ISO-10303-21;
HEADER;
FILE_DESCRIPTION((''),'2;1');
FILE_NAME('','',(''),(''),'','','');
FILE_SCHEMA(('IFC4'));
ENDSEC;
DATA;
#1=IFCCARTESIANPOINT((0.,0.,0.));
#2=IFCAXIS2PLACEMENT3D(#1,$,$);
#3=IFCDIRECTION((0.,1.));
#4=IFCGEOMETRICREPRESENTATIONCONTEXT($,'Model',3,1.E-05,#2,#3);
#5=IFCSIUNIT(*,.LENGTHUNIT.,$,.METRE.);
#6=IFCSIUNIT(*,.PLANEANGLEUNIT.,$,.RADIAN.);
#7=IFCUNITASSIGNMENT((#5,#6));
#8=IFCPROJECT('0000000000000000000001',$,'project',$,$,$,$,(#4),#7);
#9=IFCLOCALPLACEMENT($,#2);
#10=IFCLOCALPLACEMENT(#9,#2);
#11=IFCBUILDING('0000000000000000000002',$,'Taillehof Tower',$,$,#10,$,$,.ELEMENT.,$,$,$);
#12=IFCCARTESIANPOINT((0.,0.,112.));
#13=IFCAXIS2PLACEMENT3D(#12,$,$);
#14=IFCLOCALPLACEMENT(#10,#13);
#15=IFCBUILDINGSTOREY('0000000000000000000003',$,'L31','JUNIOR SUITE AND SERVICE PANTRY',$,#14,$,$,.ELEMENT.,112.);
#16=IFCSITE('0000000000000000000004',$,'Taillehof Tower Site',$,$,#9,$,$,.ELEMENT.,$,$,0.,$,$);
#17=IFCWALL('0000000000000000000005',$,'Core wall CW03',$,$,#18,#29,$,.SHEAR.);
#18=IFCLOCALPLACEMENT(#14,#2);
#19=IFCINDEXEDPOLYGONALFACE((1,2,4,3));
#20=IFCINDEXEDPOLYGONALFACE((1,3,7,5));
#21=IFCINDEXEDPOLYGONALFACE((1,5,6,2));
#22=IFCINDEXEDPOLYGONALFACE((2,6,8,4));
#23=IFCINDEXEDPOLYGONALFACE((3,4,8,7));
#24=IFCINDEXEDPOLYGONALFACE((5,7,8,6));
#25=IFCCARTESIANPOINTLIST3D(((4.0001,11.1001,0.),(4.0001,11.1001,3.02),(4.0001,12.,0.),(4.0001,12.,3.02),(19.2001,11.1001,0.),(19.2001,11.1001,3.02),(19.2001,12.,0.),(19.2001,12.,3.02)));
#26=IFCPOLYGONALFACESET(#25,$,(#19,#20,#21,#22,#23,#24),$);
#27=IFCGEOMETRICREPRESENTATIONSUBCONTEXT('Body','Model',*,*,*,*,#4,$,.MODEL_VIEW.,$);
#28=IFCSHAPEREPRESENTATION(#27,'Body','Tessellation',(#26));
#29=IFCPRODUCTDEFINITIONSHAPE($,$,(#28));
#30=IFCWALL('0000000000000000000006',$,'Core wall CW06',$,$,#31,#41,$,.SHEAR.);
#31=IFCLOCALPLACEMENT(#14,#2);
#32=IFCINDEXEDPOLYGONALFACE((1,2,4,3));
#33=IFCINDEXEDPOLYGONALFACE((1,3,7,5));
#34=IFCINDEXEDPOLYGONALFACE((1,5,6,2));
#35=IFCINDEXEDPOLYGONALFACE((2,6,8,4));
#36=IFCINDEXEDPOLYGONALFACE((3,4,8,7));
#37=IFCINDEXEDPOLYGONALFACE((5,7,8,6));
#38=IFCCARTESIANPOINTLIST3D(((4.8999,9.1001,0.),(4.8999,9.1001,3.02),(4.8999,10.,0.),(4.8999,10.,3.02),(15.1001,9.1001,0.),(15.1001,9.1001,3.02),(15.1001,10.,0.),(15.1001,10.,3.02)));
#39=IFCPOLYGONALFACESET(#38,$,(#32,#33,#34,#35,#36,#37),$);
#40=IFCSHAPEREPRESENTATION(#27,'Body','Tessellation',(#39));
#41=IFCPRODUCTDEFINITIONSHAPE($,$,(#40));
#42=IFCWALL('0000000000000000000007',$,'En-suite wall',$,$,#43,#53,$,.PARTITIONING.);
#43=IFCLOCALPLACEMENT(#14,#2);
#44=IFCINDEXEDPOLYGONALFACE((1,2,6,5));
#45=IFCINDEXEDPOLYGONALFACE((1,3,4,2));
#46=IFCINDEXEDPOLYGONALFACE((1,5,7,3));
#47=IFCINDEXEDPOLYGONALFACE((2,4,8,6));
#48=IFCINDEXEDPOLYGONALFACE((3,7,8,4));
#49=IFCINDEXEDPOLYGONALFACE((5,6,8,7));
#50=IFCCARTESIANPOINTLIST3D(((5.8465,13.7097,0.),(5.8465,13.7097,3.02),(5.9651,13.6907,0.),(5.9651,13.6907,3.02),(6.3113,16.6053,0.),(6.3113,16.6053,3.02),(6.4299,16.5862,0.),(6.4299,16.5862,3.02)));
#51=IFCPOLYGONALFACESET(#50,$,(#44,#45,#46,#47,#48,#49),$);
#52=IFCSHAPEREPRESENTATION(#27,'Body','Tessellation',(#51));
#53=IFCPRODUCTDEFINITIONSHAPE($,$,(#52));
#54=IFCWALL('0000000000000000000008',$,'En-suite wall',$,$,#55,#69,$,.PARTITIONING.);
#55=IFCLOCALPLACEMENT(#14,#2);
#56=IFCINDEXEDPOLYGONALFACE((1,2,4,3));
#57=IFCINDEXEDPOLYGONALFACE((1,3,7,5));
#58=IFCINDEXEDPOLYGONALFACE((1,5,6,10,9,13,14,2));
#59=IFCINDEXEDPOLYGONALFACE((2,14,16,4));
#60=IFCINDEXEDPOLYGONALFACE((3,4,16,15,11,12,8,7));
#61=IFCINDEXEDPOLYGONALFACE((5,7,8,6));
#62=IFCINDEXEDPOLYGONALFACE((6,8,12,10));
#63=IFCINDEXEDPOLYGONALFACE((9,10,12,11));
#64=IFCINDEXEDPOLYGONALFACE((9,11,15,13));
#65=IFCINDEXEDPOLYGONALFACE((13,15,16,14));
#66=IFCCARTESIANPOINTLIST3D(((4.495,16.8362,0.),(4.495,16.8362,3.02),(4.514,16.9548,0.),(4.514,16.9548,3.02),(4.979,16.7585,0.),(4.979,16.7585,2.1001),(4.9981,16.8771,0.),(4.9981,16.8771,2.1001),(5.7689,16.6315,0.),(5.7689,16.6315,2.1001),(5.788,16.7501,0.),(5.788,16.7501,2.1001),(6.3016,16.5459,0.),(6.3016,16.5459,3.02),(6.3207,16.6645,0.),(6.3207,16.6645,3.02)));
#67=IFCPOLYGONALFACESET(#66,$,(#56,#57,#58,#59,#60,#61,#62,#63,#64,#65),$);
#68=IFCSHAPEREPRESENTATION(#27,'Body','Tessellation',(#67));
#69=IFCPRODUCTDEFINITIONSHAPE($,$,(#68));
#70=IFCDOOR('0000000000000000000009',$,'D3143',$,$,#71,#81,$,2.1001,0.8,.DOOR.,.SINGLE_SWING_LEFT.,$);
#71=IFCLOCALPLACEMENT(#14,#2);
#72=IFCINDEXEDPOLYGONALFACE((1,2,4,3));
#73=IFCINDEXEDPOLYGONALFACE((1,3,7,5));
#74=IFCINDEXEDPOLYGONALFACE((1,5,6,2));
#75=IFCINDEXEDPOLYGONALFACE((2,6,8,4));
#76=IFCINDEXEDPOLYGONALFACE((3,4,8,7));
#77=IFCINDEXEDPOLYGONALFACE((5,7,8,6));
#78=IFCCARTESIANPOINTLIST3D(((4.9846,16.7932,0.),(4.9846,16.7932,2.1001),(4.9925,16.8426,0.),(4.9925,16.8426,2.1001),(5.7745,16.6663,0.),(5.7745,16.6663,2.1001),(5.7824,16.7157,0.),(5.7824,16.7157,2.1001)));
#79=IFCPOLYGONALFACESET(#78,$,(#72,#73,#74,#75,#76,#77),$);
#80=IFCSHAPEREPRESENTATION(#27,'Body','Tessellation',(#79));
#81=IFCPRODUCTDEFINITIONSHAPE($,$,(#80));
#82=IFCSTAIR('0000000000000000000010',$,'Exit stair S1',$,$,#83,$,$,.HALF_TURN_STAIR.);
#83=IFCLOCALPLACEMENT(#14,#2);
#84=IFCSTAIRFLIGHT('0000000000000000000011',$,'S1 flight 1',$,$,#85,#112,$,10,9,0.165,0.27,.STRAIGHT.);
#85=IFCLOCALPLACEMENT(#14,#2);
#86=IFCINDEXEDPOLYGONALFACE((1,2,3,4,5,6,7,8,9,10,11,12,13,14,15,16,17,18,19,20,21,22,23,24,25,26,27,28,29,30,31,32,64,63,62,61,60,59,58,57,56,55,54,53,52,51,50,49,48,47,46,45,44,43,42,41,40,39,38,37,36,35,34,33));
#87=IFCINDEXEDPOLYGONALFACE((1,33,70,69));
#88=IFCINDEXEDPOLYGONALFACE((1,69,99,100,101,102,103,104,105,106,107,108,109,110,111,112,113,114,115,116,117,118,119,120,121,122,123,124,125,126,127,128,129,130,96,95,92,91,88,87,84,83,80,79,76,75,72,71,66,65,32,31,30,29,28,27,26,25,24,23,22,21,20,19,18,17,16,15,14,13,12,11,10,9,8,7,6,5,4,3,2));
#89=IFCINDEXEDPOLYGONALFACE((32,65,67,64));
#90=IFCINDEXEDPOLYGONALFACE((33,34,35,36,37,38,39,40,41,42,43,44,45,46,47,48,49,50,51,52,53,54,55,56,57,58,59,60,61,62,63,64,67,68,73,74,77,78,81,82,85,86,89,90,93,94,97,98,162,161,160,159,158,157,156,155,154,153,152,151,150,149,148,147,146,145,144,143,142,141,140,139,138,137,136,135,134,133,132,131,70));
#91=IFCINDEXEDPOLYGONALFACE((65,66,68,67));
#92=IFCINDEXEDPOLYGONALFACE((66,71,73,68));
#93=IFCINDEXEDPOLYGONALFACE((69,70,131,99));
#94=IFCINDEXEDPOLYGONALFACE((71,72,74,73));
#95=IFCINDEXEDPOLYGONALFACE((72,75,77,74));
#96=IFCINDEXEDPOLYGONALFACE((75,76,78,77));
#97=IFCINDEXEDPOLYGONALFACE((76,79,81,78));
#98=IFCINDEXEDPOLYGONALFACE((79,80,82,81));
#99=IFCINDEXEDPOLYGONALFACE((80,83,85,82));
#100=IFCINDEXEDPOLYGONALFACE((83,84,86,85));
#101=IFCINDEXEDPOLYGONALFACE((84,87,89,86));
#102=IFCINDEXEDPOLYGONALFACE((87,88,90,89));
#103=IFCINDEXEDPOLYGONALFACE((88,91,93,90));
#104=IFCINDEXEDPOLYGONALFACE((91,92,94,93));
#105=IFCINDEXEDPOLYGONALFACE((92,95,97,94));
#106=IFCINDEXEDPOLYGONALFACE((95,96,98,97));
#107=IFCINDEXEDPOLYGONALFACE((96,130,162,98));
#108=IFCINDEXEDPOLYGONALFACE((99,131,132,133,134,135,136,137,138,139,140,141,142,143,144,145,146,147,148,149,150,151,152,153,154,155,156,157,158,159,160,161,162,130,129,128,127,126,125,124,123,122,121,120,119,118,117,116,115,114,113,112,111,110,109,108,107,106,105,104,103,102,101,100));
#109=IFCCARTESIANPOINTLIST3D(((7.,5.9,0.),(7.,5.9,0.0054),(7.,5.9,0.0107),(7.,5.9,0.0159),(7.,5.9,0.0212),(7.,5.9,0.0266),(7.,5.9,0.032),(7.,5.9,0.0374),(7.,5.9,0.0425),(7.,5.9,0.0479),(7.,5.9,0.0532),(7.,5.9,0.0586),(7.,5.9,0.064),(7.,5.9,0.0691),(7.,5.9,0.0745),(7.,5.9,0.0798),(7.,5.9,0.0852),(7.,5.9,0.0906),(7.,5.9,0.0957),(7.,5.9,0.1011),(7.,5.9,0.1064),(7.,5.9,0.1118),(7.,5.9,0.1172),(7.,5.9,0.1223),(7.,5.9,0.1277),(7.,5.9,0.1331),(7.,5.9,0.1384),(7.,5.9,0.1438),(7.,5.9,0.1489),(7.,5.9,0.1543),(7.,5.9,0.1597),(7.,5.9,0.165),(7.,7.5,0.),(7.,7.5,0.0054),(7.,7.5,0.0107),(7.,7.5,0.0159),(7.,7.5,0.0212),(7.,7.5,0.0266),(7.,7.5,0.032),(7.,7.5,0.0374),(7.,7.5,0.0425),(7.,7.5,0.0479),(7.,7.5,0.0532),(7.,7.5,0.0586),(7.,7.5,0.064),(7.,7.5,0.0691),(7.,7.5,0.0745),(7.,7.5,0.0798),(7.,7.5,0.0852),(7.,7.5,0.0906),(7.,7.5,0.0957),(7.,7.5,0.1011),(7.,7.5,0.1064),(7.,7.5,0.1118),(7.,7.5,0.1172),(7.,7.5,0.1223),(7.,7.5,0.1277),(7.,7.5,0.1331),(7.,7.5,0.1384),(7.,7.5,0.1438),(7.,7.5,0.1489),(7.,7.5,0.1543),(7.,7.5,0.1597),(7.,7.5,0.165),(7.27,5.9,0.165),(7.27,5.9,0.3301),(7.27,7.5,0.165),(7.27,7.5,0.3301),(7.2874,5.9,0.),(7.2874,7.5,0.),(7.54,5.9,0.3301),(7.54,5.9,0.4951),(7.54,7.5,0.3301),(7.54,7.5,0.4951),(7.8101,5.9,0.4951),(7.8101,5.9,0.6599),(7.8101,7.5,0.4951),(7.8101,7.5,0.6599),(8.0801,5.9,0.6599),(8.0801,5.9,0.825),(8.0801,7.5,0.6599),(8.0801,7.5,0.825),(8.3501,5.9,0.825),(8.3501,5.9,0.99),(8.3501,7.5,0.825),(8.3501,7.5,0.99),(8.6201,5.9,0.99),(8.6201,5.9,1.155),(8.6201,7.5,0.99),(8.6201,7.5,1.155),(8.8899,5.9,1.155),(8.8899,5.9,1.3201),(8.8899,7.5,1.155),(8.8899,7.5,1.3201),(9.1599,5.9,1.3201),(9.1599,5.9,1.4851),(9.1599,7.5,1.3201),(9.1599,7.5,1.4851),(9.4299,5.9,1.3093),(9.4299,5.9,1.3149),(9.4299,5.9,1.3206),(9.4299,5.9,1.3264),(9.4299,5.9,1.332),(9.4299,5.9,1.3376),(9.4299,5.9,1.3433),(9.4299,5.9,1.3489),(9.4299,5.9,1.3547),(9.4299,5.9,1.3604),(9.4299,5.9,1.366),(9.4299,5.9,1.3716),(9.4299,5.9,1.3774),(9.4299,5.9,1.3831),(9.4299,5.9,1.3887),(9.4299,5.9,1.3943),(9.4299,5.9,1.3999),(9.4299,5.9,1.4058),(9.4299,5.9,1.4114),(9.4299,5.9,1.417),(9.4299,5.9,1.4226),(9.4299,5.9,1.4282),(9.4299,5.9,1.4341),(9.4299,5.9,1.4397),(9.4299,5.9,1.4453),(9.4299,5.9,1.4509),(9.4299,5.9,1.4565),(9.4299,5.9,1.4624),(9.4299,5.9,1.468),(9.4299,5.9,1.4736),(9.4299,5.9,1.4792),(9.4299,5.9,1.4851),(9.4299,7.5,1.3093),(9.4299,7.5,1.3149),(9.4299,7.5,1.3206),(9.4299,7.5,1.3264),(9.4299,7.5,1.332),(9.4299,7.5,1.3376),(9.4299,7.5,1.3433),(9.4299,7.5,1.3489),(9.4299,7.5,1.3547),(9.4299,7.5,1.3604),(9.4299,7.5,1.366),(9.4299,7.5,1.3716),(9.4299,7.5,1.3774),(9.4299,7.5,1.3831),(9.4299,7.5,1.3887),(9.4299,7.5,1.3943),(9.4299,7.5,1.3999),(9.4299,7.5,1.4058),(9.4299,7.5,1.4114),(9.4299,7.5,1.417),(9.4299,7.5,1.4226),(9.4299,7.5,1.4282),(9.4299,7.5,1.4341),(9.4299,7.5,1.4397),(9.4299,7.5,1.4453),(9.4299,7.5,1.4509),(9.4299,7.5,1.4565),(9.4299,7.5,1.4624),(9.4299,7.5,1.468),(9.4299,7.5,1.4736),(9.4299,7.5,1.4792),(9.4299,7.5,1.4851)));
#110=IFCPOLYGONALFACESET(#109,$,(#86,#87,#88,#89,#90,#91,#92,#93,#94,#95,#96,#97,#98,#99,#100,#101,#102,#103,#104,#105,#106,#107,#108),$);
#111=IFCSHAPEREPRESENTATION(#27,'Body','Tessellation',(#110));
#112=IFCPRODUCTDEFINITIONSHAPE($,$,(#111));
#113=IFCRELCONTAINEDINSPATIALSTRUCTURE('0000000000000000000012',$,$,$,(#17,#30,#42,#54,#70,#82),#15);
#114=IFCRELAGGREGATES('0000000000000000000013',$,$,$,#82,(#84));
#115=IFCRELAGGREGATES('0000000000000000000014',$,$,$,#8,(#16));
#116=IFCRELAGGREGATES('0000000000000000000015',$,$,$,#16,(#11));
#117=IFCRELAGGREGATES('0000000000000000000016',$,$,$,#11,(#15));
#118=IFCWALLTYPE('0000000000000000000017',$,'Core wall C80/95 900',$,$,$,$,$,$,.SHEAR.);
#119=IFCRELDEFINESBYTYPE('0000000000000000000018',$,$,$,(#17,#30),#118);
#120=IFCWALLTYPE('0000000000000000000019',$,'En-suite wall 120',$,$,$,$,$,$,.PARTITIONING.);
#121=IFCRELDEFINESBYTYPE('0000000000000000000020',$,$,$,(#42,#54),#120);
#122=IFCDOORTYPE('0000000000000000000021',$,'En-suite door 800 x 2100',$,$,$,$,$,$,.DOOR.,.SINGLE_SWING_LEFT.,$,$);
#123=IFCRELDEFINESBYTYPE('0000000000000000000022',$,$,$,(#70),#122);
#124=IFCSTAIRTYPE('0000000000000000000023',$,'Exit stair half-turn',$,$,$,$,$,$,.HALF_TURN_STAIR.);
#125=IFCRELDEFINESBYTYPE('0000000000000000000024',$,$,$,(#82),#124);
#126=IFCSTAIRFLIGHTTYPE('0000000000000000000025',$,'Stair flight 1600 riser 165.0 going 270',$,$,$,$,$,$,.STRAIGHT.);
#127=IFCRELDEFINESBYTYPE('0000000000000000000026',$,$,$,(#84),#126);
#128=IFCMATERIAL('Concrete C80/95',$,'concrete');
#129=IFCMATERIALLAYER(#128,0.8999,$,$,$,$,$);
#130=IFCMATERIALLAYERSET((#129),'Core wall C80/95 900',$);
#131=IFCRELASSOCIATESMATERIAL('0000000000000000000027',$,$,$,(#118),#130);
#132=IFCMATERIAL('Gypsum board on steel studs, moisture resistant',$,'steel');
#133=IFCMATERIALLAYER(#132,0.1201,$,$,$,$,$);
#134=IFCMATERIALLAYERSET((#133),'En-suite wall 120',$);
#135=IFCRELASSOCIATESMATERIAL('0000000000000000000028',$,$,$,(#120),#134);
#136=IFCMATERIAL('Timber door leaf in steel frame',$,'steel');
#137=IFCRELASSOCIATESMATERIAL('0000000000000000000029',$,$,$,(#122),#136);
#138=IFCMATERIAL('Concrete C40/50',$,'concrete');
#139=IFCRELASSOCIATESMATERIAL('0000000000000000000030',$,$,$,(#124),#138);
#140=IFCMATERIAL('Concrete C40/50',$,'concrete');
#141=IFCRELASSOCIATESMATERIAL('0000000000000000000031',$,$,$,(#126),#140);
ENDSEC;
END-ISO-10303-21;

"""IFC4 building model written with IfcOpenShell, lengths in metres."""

from ifc_helpers import new_model, si_unit, direction, frame, frame_2d, origin, place, context, subcontext, project, spatial, polyline, rectangle, outline, extrude, material, layer, layer_set, type_object, element, fill, aggregate, save


model = new_model("IFC4")

# Units and contexts
model_context = context("Model", 3, precision=1e-05, world=origin(), true_north=direction((0.0, 1.0)))
body_context = subcontext(model_context, "Body", "Model", "MODEL_VIEW")
ifc_project = project(units=[si_unit("LENGTHUNIT", "METRE"), si_unit("PLANEANGLEUNIT", "RADIAN")], contexts=[model_context])

# Site, building, storey
site_placement = place(None, origin())
site = spatial("IfcSite", under=ifc_project, at=site_placement, Name="Taillehof Tower Site", CompositionType="ELEMENT", RefElevation=0.0)
building_placement = place(site_placement, origin())
building = spatial("IfcBuilding", under=site, at=building_placement, Name="Taillehof Tower", CompositionType="ELEMENT")
storey_placement = place(building_placement, frame((0.0, 0.0, 112.0)))
storey = spatial("IfcBuildingStorey", under=building, at=storey_placement, Name="L31", Description="JUNIOR SUITE AND SERVICE PANTRY", CompositionType="ELEMENT", Elevation=112.0)

# Walls
ifc_material_1 = material(Name="Concrete C80/95", Category="concrete")
ifc_layer_1 = layer(ifc_material_1, 0.8999)
ifc_layer_set_1 = layer_set([ifc_layer_1], Name="Core wall C80/95 900")
wall_type_1 = type_object("IfcWallType", Name="Core wall C80/95 900", PredefinedType="SHEAR", material=ifc_layer_set_1)
wall_1_placement = place(storey_placement, frame((4.0, 11.55, 0.0), z_axis=(0.0, 0.0, 1.0), x_axis=(1.0, 0.0, 0.0)))
element("IfcWall", 1, at=wall_1_placement, inside=storey, type_object=wall_type_1, Name="Core wall CW03", PredefinedType="SHEAR", context=body_context, shape_type="SweptSolid", body=[
    extrude(rectangle(XDim=15.2, YDim=0.8999, at=frame_2d((7.6001, 0.0))), origin(), (0.0, 0.0, 1.0), 3.02),
])
wall_2_placement = place(storey_placement, frame((4.8999, 9.55, 0.0), z_axis=(0.0, 0.0, 1.0), x_axis=(1.0, 0.0, 0.0)))
element("IfcWall", 2, at=wall_2_placement, inside=storey, type_object=wall_type_1, Name="Core wall CW06", PredefinedType="SHEAR", context=body_context, shape_type="SweptSolid", body=[
    extrude(rectangle(XDim=10.2002, YDim=0.8999, at=frame_2d((5.1001, 0.0))), origin(), (0.0, 0.0, 1.0), 3.02),
])
ifc_material_2 = material(Name="Gypsum board on steel studs, moisture resistant", Category="steel")
ifc_layer_2 = layer(ifc_material_2, 0.1201)
ifc_layer_set_2 = layer_set([ifc_layer_2], Name="En-suite wall 120")
wall_type_2 = type_object("IfcWallType", Name="En-suite wall 120", PredefinedType="PARTITIONING", material=ifc_layer_set_2)
wall_3_placement = place(storey_placement, frame((5.9058, 13.7002, 0.0), z_axis=(0.0, 0.0, 1.0), x_axis=(0.15851, 0.987357, 0.0)))
element("IfcWall", 3, at=wall_3_placement, inside=storey, type_object=wall_type_2, Name="En-suite wall", PredefinedType="PARTITIONING", context=body_context, shape_type="SweptSolid", body=[
    extrude(rectangle(XDim=2.9326, YDim=0.1201, at=frame_2d((1.4663, 0.0))), origin(), (0.0, 0.0, 1.0), 3.02),
])

# Wall, opening, door
wall_4_placement = place(storey_placement, frame((6.3113, 16.6052, 0.0), z_axis=(0.0, 0.0, 1.0), x_axis=(-0.987336, 0.158641, 0.0)))
wall_4 = element("IfcWall", 4, at=wall_4_placement, inside=storey, type_object=wall_type_2, Name="En-suite wall", PredefinedType="PARTITIONING", context=body_context, shape_type="SweptSolid", body=[
    extrude(rectangle(XDim=1.8298, YDim=0.1201, at=frame_2d((0.915, 0.0))), origin(), (0.0, 0.0, 1.0), 3.02),
])
opening_1_placement = place(wall_4_placement, frame((0.5398, 0.0, 0.0)))
opening_1 = element("IfcOpeningElement", 5, at=opening_1_placement, cuts=wall_4, PredefinedType="OPENING", context=body_context, shape_type="SweptSolid", body=[
    extrude(rectangle(XDim=0.8, YDim=2.1001, at=frame_2d((0.3999, 1.05))), frame((0.0, 0.0701, 0.0), z_axis=(0.0, -1.0, 0.0), x_axis=(1.0, 0.0, 0.0)), (0.0, 0.0, 1.0), 0.1401),
])
ifc_material_3 = material(Name="Timber door leaf in steel frame", Category="steel")
door_type_1 = type_object("IfcDoorType", Name="En-suite door 800 x 2100", OperationType="SINGLE_SWING_LEFT", PredefinedType="DOOR", material=ifc_material_3)
door_1_placement = place(opening_1_placement, origin())
door_1 = element("IfcDoor", 6, at=door_1_placement, inside=storey, type_object=door_type_1, Name="D3143", OperationType="SINGLE_SWING_LEFT", OverallHeight=2.1001, OverallWidth=0.8, PredefinedType="DOOR", context=body_context, shape_type="SweptSolid", body=[
    extrude(rectangle(XDim=0.8, YDim=2.1001, at=frame_2d((0.3999, 1.05))), frame((0.0, 0.0249, 0.0), z_axis=(0.0, -1.0, 0.0), x_axis=(1.0, 0.0, 0.0)), (0.0, 0.0, 1.0), 0.05),
])
fill(opening_1, door_1)

# Stair, stair flight
ifc_material_4 = material(Name="Concrete C40/50", Category="concrete")
stair_type = type_object("IfcStairType", Name="Exit stair half-turn", PredefinedType="HALF_TURN_STAIR", material=ifc_material_4)
stair_placement = place(storey_placement, origin())
stair = element("IfcStair", 7, at=stair_placement, inside=storey, type_object=stair_type, Name="Exit stair S1", PredefinedType="HALF_TURN_STAIR")
ifc_material_5 = material(Name="Concrete C40/50", Category="concrete")
stair_flight_type = type_object("IfcStairFlightType", Name="Stair flight 1600 riser 165.0 going 270", PredefinedType="STRAIGHT", material=ifc_material_5)
stair_flight_placement = place(storey_placement, frame((7.0, 6.7, 0.0), z_axis=(0.0, 0.0, 1.0), x_axis=(1.0, 0.0, 0.0)))
stair_flight = element("IfcStairFlight", 8, at=stair_flight_placement, type_object=stair_flight_type, Name="S1 flight 1", NumberOfRisers=10, NumberOfTreads=9, PredefinedType="STRAIGHT", RiserHeight=0.165, TreadLength=0.27, context=body_context, shape_type="SweptSolid", body=[
    extrude(outline(polyline([(0.0, 0.0), (0.0, 0.0054), (0.0, 0.0107), (0.0, 0.0159), (0.0, 0.0212), (0.0, 0.0266), (0.0, 0.032), (0.0, 0.0374), (0.0, 0.0425), (0.0, 0.0479), (0.0, 0.0532), (0.0, 0.0586), (0.0, 0.064), (0.0, 0.0691), (0.0, 0.0745), (0.0, 0.0798), (0.0, 0.0852), (0.0, 0.0906), (0.0, 0.0957), (0.0, 0.1011), (0.0, 0.1064), (0.0, 0.1118), (0.0, 0.1172), (0.0, 0.1223), (0.0, 0.1277), (0.0, 0.1331), (0.0, 0.1384), (0.0, 0.1438), (0.0, 0.1489), (0.0, 0.1543), (0.0, 0.1597), (0.0, 0.165), (0.27, 0.165), (0.27, 0.3301), (0.54, 0.3301), (0.54, 0.4951), (0.8101, 0.4951), (0.8101, 0.6599), (1.0801, 0.6599), (1.0801, 0.825), (1.3501, 0.825), (1.3501, 0.99), (1.6201, 0.99), (1.6201, 1.155), (1.8899, 1.155), (1.8899, 1.3201), (2.1599, 1.3201), (2.1599, 1.4851), (2.4299, 1.4851), (2.4299, 1.4792), (2.4299, 1.4736), (2.4299, 1.468), (2.4299, 1.4624), (2.4299, 1.4565), (2.4299, 1.4509), (2.4299, 1.4453), (2.4299, 1.4397), (2.4299, 1.4341), (2.4299, 1.4282), (2.4299, 1.4226), (2.4299, 1.417), (2.4299, 1.4114), (2.4299, 1.4058), (2.4299, 1.3999), (2.4299, 1.3943), (2.4299, 1.3887), (2.4299, 1.3831), (2.4299, 1.3774), (2.4299, 1.3716), (2.4299, 1.366), (2.4299, 1.3604), (2.4299, 1.3547), (2.4299, 1.3489), (2.4299, 1.3433), (2.4299, 1.3376), (2.4299, 1.332), (2.4299, 1.3264), (2.4299, 1.3206), (2.4299, 1.3149), (2.4299, 1.3093), (0.2874, 0.0), (0.0, 0.0)])), frame((0.0, 0.8, 0.0), z_axis=(0.0, -1.0, 0.0), x_axis=(1.0, 0.0, 0.0)), (0.0, 0.0, 1.0), 1.6),
])
aggregate(stair, [stair_flight])

save(model, "model.ifc")
